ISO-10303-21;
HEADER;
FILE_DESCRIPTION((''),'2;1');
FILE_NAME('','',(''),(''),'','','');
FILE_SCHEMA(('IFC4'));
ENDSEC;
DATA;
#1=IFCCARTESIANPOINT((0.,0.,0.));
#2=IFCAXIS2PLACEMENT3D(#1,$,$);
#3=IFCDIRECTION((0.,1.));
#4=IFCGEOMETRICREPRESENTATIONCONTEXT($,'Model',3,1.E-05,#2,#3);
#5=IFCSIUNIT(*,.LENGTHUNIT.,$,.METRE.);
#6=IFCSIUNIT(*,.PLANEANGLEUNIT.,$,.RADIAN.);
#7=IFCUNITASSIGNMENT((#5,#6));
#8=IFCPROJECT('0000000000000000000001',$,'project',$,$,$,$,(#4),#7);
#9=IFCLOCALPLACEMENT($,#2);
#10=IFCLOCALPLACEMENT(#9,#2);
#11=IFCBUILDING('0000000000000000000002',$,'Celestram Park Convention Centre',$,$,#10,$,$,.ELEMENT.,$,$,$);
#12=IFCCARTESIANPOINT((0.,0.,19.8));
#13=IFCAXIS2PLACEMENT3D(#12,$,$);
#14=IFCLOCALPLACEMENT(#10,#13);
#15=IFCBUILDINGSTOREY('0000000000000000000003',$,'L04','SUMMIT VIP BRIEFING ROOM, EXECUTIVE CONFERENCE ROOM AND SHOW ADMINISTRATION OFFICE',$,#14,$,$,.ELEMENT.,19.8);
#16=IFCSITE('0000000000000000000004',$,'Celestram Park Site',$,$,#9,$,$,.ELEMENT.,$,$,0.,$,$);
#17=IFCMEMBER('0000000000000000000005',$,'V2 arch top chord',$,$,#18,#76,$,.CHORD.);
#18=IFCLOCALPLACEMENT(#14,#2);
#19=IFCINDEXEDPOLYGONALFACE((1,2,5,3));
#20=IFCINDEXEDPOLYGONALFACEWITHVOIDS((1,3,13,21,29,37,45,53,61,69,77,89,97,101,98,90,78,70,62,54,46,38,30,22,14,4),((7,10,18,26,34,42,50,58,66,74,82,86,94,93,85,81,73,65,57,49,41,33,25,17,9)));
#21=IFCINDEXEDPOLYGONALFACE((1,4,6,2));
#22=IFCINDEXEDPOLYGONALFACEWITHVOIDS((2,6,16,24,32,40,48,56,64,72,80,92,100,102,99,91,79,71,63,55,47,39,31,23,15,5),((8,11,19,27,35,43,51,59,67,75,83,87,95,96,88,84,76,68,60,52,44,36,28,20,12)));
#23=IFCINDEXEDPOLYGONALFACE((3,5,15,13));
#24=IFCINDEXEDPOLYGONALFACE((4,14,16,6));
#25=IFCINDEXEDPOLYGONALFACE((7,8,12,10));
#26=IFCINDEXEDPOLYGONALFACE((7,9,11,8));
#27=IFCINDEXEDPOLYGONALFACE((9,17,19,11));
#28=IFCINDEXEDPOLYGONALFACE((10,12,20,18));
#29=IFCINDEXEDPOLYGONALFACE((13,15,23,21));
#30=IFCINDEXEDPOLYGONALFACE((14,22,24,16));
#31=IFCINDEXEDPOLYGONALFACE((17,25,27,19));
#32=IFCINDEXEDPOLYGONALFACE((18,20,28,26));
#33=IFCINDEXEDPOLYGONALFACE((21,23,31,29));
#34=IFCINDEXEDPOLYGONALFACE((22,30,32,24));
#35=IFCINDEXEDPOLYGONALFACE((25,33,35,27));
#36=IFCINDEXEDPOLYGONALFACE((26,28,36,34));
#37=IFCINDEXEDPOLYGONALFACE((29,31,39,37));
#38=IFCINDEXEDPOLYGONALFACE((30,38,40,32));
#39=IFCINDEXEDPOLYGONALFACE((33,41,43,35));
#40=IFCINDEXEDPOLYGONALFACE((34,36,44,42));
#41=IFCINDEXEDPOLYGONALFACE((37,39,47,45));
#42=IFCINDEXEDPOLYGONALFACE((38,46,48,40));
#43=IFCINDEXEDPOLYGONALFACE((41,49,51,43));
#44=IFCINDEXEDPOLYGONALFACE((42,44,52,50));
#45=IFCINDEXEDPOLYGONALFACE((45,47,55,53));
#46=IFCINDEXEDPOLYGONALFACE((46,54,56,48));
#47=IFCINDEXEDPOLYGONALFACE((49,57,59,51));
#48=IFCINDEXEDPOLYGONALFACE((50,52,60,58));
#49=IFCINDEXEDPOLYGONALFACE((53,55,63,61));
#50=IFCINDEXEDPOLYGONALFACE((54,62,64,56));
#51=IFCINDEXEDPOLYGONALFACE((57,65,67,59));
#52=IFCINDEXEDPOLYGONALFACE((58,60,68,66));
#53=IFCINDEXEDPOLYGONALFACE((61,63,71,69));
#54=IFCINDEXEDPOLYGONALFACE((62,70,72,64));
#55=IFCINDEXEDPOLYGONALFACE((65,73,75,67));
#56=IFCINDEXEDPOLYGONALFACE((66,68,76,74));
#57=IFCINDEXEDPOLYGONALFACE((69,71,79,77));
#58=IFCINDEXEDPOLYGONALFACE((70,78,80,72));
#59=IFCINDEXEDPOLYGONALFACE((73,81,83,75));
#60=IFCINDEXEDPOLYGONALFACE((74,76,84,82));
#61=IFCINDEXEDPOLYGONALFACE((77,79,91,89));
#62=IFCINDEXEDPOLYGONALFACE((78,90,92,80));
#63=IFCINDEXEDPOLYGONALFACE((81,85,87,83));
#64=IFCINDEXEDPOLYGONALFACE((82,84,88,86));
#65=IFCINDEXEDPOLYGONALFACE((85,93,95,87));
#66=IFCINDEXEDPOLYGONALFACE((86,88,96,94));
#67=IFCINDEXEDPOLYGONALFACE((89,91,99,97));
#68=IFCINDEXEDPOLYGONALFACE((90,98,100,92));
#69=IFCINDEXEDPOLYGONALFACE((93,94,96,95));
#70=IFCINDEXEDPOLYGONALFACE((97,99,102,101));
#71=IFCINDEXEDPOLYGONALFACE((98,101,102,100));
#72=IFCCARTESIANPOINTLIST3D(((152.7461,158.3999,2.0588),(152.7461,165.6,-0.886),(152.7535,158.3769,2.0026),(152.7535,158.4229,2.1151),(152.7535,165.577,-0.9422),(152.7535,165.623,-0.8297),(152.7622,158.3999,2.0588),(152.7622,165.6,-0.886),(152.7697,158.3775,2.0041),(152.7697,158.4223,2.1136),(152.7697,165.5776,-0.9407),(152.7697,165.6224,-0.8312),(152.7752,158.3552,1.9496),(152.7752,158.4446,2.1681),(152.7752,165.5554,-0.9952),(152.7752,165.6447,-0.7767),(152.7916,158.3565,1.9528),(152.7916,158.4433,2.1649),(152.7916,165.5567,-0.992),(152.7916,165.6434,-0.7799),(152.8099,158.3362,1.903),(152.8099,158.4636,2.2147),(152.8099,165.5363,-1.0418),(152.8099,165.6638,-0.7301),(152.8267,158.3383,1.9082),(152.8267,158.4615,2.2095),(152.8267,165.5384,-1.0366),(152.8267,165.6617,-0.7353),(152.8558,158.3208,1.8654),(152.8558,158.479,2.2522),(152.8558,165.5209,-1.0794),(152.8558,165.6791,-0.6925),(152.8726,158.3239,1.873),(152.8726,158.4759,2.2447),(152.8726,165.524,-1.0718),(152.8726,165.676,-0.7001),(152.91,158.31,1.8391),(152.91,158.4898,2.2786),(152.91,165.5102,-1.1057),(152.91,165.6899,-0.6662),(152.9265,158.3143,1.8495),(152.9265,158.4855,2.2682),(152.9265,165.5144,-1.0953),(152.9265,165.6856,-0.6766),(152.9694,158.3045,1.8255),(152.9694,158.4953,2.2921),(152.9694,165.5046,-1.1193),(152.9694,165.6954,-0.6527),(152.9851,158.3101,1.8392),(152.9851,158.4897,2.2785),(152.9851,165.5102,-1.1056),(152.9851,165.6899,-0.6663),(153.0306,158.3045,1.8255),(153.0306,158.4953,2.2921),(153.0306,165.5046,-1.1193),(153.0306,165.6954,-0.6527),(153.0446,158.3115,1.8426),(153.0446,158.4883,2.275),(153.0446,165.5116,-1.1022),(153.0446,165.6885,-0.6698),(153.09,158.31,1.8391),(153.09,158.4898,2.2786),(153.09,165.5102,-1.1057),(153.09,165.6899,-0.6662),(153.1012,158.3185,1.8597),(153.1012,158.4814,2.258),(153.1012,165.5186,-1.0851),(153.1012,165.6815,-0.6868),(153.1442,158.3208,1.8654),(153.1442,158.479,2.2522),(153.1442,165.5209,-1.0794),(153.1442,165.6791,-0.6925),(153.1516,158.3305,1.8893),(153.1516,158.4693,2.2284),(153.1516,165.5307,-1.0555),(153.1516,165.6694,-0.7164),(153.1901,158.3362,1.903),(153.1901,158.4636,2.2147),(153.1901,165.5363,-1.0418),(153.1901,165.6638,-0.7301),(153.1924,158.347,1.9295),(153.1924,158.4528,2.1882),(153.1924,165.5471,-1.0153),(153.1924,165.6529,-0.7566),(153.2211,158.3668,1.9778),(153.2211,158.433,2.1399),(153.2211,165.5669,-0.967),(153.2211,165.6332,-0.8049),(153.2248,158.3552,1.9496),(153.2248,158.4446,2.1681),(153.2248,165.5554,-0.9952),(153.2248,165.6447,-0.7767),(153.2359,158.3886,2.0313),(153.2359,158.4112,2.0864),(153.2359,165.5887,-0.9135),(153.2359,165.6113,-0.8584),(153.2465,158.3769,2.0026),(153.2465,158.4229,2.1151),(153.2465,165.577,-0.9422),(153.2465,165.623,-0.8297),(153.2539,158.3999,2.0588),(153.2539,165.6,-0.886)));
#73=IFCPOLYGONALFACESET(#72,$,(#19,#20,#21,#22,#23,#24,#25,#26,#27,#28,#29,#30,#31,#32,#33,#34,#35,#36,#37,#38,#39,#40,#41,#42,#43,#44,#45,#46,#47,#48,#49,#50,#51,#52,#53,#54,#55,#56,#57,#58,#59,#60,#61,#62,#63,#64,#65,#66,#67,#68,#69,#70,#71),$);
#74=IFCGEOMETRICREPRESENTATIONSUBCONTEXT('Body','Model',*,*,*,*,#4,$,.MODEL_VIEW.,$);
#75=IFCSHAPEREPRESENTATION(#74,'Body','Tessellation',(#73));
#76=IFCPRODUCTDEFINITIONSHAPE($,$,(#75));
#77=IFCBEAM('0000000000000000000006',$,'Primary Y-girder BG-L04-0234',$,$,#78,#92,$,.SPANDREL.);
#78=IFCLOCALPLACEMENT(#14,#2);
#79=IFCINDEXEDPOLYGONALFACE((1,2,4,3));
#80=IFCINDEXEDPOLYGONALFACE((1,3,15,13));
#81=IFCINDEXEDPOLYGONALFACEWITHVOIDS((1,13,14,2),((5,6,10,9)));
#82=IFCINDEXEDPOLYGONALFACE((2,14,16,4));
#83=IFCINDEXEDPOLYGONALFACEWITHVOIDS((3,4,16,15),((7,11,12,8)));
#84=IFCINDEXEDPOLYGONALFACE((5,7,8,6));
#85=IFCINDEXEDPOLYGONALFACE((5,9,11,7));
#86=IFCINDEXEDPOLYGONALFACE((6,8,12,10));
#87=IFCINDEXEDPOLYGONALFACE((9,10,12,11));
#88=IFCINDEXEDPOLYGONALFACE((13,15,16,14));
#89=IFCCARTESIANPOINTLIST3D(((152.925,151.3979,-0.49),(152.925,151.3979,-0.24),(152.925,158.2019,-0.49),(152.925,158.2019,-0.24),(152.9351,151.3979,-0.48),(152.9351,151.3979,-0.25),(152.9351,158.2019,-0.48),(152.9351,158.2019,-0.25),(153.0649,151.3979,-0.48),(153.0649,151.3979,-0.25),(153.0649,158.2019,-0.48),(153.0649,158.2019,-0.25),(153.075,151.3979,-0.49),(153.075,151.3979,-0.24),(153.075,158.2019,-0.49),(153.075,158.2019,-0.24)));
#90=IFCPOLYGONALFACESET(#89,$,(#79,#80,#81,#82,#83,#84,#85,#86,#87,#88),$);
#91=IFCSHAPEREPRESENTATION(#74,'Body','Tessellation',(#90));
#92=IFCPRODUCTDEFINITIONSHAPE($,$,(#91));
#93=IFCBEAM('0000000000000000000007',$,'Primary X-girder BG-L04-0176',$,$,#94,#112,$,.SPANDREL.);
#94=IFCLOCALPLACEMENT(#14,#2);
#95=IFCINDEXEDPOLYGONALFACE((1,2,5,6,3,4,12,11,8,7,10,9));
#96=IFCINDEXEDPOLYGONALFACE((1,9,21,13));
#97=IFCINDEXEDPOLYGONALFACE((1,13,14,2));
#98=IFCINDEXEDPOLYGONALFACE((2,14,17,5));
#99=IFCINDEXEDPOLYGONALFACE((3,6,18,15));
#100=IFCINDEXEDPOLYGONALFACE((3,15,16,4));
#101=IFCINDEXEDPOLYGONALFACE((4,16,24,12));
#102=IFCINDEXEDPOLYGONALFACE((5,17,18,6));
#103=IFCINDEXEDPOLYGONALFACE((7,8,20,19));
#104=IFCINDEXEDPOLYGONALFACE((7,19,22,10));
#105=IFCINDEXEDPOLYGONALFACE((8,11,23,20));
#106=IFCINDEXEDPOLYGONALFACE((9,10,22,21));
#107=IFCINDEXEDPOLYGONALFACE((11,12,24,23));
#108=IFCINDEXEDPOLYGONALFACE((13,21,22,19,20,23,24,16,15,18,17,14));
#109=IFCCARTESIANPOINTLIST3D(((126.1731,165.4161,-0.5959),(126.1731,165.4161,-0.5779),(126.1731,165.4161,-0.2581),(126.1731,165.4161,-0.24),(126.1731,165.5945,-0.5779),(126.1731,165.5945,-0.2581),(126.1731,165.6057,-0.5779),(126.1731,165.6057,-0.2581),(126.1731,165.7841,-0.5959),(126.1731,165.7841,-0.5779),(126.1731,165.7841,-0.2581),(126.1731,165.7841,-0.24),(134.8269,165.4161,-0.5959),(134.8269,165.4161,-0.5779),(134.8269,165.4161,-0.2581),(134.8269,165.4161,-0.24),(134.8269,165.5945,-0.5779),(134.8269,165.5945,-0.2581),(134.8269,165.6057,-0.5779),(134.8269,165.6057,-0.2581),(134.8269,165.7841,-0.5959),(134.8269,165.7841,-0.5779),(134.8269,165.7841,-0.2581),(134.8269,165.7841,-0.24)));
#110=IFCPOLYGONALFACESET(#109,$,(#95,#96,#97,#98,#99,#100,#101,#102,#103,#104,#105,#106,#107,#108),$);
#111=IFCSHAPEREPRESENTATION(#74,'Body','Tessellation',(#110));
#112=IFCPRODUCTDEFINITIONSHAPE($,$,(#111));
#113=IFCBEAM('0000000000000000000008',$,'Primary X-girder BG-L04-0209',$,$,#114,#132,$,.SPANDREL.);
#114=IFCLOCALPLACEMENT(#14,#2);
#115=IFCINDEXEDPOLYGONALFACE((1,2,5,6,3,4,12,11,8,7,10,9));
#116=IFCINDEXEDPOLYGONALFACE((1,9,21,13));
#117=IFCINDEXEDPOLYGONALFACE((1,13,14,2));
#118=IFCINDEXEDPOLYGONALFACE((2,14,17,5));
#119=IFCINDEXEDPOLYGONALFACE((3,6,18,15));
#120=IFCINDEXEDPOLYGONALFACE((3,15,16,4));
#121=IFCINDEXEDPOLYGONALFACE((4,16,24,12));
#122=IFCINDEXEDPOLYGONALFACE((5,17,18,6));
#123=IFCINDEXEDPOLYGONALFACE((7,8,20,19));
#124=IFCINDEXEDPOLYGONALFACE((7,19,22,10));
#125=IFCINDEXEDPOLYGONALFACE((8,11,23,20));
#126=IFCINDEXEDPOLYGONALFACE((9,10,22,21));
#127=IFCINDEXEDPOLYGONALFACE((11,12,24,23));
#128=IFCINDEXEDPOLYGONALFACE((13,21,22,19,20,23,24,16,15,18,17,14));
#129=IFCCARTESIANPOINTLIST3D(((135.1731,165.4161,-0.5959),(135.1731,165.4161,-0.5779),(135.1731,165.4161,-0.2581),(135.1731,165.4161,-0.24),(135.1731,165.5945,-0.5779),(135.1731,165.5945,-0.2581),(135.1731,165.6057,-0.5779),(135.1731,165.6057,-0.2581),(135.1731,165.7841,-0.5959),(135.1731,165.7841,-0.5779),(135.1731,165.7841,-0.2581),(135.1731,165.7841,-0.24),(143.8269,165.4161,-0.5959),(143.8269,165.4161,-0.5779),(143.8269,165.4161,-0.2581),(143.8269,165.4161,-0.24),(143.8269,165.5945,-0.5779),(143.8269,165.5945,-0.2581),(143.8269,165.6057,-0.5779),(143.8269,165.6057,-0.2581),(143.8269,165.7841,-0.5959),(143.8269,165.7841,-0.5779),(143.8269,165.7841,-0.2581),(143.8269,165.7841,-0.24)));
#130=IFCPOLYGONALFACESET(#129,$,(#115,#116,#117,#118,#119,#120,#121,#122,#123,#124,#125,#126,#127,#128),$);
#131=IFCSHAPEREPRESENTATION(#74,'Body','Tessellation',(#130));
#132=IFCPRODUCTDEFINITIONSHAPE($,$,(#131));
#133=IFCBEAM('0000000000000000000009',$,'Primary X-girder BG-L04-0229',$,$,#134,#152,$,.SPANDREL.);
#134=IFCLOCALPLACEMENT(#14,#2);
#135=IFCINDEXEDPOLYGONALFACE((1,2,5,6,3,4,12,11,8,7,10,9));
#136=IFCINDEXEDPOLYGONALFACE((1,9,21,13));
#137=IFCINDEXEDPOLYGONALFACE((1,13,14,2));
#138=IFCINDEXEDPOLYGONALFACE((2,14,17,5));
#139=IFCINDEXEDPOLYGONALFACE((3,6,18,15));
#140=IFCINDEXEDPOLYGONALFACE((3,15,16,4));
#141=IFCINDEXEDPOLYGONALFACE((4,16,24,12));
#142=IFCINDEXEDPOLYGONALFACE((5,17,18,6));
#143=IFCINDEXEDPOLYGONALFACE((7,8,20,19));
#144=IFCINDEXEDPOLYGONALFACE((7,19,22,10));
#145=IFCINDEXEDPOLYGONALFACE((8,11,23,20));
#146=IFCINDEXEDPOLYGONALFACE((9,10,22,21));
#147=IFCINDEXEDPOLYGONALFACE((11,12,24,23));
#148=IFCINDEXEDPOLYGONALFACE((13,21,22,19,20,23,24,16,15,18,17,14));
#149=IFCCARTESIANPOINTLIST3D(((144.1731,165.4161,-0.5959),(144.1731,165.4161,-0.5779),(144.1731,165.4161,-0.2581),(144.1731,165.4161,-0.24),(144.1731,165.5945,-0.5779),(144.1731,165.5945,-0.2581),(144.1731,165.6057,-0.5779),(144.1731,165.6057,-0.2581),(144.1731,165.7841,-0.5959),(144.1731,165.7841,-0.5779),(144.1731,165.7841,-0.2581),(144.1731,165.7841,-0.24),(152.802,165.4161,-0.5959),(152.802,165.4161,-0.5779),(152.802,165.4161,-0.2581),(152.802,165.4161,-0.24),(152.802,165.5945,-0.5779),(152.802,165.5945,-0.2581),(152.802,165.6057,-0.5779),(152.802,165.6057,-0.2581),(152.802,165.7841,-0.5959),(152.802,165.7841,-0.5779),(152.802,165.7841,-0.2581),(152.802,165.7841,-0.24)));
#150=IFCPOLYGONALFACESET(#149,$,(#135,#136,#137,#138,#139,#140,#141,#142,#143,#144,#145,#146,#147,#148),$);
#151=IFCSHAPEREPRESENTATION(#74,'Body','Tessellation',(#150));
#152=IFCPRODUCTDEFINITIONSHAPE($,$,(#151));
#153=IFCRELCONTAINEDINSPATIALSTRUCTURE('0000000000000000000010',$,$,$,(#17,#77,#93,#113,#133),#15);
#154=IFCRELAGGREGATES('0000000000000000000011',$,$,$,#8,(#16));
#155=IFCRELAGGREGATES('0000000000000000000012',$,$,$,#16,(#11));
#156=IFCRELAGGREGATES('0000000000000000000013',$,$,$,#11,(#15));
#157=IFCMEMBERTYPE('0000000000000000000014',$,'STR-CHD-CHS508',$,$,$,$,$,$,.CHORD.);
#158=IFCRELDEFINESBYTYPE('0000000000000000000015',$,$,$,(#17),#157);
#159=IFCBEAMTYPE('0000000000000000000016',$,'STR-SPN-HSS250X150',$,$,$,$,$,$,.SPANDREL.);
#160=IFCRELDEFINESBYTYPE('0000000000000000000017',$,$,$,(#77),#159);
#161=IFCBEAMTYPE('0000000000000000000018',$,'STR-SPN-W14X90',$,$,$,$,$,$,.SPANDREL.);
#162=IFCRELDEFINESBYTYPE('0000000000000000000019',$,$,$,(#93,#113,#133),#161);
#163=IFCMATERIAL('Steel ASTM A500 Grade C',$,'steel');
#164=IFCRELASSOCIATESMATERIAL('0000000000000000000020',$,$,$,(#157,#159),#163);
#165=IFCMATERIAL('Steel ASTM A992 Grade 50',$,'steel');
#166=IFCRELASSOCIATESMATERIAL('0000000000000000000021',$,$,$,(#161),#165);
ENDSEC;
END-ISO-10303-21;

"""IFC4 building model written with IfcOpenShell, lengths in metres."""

from ifc_helpers import new_model, si_unit, direction, frame, origin, origin_2d, place, context, subcontext, project, spatial, hollow_rectangle, hollow_circle, i_section, extrude, material, material_profile, profile_set, type_object, element, save


model = new_model("IFC4")

# Units and contexts
model_context = context("Model", 3, precision=1e-05, world=origin(), true_north=direction((0.0, 1.0)))
body_context = subcontext(model_context, "Body", "Model", "MODEL_VIEW")
ifc_project = project(units=[si_unit("LENGTHUNIT", "METRE"), si_unit("PLANEANGLEUNIT", "RADIAN")], contexts=[model_context])

# Site, building, storey
site_placement = place(None, origin())
site = spatial("IfcSite", under=ifc_project, at=site_placement, Name="Celestram Park Site", CompositionType="ELEMENT", RefElevation=0.0)
building_placement = place(site_placement, origin())
building = spatial("IfcBuilding", under=site, at=building_placement, Name="Celestram Park Convention Centre", CompositionType="ELEMENT")
storey_placement = place(building_placement, frame((0.0, 0.0, 19.8)))
storey = spatial("IfcBuildingStorey", under=building, at=storey_placement, Name="L04", Description="SUMMIT VIP BRIEFING ROOM, EXECUTIVE CONFERENCE ROOM AND SHOW ADMINISTRATION OFFICE", CompositionType="ELEMENT", Elevation=19.8)

# Shared definitions
ifc_material_1 = material(Name="Steel ASTM A992 Grade 50", Category="steel")

# Member
ifc_material_2 = material(Name="Steel ASTM A500 Grade C", Category="steel")
ifc_material_profile_1 = material_profile(ifc_material_2, hollow_circle(Radius=0.2539, WallThickness=0.0161, at=origin_2d()), Name="CHS508X16")
ifc_profile_set_1 = profile_set([ifc_material_profile_1], Name="Steel ASTM A500 Grade C")
member_type_1 = type_object("IfcMemberType", Name="STR-CHD-CHS508", PredefinedType="CHORD", material=ifc_profile_set_1)
member_1_placement = place(storey_placement, frame((153.0, 158.3999, 2.0588), z_axis=(0.0, 0.925579, -0.378555), x_axis=(-1.0, 0.0, 0.0)))
element("IfcMember", 1, at=member_1_placement, inside=storey, type_object=member_type_1, Name="V2 arch top chord", PredefinedType="CHORD", context=body_context, shape_type="SweptSolid", body=[
    extrude(hollow_circle(Radius=0.2539, WallThickness=0.0161, at=origin_2d()), origin(), (0.0, 0.0, 1.0), 7.7791),
])

# Beams
ifc_material_profile_2 = material_profile(ifc_material_2, hollow_rectangle(XDim=0.1499, YDim=0.25, WallThickness=0.01, at=origin_2d()), Name="HSS250X150X10")
ifc_profile_set_2 = profile_set([ifc_material_profile_2], Name="Steel ASTM A500 Grade C")
beam_type_1 = type_object("IfcBeamType", Name="STR-SPN-HSS250X150", PredefinedType="SPANDREL", material=ifc_profile_set_2)
beam_1_placement = place(storey_placement, frame((153.0, 151.3979, -0.365), z_axis=(0.0, 1.0, 0.0), x_axis=(-1.0, 0.0, 0.0)))
element("IfcBeam", 2, at=beam_1_placement, inside=storey, type_object=beam_type_1, Name="Primary Y-girder BG-L04-0234", PredefinedType="SPANDREL", context=body_context, shape_type="SweptSolid", body=[
    extrude(hollow_rectangle(XDim=0.1499, YDim=0.25, WallThickness=0.01, at=origin_2d()), origin(), (0.0, 0.0, 1.0), 6.804),
])
ifc_material_profile_3 = material_profile(ifc_material_1, i_section(OverallWidth=0.3679, OverallDepth=0.356, WebThickness=0.0112, FlangeThickness=0.0181, at=origin_2d()), Name="W14X90")
ifc_profile_set_3 = profile_set([ifc_material_profile_3], Name="Steel ASTM A992 Grade 50")
beam_type_2 = type_object("IfcBeamType", Name="STR-SPN-W14X90", PredefinedType="SPANDREL", material=ifc_profile_set_3)
for number, where, z_axis, x_axis, name in (
    (3, (126.1731, 165.6001, -0.418), (1.0, 0.0, 0.0), (0.0, 1.0, 0.0), "Primary X-girder BG-L04-0176"),
    (4, (135.1731, 165.6001, -0.418), (1.0, 0.0, 0.0), (0.0, 1.0, 0.0), "Primary X-girder BG-L04-0209"),
):
    element("IfcBeam", number, at=place(storey_placement, frame(where, z_axis=z_axis, x_axis=x_axis)), inside=storey, type_object=beam_type_2, Name=name, PredefinedType="SPANDREL", context=body_context, shape_type="SweptSolid", body=[
        extrude(i_section(OverallWidth=0.3679, OverallDepth=0.356, WebThickness=0.0112, FlangeThickness=0.0181, at=origin_2d()), origin(), (0.0, 0.0, 1.0), 8.6538),
    ])
beam_2_placement = place(storey_placement, frame((144.1731, 165.6001, -0.418), z_axis=(1.0, 0.0, 0.0), x_axis=(0.0, 1.0, 0.0)))
element("IfcBeam", 5, at=beam_2_placement, inside=storey, type_object=beam_type_2, Name="Primary X-girder BG-L04-0229", PredefinedType="SPANDREL", context=body_context, shape_type="SweptSolid", body=[
    extrude(i_section(OverallWidth=0.3679, OverallDepth=0.356, WebThickness=0.0112, FlangeThickness=0.0181, at=origin_2d()), origin(), (0.0, 0.0, 1.0), 8.6289),
])

save(model, "model.ifc")
